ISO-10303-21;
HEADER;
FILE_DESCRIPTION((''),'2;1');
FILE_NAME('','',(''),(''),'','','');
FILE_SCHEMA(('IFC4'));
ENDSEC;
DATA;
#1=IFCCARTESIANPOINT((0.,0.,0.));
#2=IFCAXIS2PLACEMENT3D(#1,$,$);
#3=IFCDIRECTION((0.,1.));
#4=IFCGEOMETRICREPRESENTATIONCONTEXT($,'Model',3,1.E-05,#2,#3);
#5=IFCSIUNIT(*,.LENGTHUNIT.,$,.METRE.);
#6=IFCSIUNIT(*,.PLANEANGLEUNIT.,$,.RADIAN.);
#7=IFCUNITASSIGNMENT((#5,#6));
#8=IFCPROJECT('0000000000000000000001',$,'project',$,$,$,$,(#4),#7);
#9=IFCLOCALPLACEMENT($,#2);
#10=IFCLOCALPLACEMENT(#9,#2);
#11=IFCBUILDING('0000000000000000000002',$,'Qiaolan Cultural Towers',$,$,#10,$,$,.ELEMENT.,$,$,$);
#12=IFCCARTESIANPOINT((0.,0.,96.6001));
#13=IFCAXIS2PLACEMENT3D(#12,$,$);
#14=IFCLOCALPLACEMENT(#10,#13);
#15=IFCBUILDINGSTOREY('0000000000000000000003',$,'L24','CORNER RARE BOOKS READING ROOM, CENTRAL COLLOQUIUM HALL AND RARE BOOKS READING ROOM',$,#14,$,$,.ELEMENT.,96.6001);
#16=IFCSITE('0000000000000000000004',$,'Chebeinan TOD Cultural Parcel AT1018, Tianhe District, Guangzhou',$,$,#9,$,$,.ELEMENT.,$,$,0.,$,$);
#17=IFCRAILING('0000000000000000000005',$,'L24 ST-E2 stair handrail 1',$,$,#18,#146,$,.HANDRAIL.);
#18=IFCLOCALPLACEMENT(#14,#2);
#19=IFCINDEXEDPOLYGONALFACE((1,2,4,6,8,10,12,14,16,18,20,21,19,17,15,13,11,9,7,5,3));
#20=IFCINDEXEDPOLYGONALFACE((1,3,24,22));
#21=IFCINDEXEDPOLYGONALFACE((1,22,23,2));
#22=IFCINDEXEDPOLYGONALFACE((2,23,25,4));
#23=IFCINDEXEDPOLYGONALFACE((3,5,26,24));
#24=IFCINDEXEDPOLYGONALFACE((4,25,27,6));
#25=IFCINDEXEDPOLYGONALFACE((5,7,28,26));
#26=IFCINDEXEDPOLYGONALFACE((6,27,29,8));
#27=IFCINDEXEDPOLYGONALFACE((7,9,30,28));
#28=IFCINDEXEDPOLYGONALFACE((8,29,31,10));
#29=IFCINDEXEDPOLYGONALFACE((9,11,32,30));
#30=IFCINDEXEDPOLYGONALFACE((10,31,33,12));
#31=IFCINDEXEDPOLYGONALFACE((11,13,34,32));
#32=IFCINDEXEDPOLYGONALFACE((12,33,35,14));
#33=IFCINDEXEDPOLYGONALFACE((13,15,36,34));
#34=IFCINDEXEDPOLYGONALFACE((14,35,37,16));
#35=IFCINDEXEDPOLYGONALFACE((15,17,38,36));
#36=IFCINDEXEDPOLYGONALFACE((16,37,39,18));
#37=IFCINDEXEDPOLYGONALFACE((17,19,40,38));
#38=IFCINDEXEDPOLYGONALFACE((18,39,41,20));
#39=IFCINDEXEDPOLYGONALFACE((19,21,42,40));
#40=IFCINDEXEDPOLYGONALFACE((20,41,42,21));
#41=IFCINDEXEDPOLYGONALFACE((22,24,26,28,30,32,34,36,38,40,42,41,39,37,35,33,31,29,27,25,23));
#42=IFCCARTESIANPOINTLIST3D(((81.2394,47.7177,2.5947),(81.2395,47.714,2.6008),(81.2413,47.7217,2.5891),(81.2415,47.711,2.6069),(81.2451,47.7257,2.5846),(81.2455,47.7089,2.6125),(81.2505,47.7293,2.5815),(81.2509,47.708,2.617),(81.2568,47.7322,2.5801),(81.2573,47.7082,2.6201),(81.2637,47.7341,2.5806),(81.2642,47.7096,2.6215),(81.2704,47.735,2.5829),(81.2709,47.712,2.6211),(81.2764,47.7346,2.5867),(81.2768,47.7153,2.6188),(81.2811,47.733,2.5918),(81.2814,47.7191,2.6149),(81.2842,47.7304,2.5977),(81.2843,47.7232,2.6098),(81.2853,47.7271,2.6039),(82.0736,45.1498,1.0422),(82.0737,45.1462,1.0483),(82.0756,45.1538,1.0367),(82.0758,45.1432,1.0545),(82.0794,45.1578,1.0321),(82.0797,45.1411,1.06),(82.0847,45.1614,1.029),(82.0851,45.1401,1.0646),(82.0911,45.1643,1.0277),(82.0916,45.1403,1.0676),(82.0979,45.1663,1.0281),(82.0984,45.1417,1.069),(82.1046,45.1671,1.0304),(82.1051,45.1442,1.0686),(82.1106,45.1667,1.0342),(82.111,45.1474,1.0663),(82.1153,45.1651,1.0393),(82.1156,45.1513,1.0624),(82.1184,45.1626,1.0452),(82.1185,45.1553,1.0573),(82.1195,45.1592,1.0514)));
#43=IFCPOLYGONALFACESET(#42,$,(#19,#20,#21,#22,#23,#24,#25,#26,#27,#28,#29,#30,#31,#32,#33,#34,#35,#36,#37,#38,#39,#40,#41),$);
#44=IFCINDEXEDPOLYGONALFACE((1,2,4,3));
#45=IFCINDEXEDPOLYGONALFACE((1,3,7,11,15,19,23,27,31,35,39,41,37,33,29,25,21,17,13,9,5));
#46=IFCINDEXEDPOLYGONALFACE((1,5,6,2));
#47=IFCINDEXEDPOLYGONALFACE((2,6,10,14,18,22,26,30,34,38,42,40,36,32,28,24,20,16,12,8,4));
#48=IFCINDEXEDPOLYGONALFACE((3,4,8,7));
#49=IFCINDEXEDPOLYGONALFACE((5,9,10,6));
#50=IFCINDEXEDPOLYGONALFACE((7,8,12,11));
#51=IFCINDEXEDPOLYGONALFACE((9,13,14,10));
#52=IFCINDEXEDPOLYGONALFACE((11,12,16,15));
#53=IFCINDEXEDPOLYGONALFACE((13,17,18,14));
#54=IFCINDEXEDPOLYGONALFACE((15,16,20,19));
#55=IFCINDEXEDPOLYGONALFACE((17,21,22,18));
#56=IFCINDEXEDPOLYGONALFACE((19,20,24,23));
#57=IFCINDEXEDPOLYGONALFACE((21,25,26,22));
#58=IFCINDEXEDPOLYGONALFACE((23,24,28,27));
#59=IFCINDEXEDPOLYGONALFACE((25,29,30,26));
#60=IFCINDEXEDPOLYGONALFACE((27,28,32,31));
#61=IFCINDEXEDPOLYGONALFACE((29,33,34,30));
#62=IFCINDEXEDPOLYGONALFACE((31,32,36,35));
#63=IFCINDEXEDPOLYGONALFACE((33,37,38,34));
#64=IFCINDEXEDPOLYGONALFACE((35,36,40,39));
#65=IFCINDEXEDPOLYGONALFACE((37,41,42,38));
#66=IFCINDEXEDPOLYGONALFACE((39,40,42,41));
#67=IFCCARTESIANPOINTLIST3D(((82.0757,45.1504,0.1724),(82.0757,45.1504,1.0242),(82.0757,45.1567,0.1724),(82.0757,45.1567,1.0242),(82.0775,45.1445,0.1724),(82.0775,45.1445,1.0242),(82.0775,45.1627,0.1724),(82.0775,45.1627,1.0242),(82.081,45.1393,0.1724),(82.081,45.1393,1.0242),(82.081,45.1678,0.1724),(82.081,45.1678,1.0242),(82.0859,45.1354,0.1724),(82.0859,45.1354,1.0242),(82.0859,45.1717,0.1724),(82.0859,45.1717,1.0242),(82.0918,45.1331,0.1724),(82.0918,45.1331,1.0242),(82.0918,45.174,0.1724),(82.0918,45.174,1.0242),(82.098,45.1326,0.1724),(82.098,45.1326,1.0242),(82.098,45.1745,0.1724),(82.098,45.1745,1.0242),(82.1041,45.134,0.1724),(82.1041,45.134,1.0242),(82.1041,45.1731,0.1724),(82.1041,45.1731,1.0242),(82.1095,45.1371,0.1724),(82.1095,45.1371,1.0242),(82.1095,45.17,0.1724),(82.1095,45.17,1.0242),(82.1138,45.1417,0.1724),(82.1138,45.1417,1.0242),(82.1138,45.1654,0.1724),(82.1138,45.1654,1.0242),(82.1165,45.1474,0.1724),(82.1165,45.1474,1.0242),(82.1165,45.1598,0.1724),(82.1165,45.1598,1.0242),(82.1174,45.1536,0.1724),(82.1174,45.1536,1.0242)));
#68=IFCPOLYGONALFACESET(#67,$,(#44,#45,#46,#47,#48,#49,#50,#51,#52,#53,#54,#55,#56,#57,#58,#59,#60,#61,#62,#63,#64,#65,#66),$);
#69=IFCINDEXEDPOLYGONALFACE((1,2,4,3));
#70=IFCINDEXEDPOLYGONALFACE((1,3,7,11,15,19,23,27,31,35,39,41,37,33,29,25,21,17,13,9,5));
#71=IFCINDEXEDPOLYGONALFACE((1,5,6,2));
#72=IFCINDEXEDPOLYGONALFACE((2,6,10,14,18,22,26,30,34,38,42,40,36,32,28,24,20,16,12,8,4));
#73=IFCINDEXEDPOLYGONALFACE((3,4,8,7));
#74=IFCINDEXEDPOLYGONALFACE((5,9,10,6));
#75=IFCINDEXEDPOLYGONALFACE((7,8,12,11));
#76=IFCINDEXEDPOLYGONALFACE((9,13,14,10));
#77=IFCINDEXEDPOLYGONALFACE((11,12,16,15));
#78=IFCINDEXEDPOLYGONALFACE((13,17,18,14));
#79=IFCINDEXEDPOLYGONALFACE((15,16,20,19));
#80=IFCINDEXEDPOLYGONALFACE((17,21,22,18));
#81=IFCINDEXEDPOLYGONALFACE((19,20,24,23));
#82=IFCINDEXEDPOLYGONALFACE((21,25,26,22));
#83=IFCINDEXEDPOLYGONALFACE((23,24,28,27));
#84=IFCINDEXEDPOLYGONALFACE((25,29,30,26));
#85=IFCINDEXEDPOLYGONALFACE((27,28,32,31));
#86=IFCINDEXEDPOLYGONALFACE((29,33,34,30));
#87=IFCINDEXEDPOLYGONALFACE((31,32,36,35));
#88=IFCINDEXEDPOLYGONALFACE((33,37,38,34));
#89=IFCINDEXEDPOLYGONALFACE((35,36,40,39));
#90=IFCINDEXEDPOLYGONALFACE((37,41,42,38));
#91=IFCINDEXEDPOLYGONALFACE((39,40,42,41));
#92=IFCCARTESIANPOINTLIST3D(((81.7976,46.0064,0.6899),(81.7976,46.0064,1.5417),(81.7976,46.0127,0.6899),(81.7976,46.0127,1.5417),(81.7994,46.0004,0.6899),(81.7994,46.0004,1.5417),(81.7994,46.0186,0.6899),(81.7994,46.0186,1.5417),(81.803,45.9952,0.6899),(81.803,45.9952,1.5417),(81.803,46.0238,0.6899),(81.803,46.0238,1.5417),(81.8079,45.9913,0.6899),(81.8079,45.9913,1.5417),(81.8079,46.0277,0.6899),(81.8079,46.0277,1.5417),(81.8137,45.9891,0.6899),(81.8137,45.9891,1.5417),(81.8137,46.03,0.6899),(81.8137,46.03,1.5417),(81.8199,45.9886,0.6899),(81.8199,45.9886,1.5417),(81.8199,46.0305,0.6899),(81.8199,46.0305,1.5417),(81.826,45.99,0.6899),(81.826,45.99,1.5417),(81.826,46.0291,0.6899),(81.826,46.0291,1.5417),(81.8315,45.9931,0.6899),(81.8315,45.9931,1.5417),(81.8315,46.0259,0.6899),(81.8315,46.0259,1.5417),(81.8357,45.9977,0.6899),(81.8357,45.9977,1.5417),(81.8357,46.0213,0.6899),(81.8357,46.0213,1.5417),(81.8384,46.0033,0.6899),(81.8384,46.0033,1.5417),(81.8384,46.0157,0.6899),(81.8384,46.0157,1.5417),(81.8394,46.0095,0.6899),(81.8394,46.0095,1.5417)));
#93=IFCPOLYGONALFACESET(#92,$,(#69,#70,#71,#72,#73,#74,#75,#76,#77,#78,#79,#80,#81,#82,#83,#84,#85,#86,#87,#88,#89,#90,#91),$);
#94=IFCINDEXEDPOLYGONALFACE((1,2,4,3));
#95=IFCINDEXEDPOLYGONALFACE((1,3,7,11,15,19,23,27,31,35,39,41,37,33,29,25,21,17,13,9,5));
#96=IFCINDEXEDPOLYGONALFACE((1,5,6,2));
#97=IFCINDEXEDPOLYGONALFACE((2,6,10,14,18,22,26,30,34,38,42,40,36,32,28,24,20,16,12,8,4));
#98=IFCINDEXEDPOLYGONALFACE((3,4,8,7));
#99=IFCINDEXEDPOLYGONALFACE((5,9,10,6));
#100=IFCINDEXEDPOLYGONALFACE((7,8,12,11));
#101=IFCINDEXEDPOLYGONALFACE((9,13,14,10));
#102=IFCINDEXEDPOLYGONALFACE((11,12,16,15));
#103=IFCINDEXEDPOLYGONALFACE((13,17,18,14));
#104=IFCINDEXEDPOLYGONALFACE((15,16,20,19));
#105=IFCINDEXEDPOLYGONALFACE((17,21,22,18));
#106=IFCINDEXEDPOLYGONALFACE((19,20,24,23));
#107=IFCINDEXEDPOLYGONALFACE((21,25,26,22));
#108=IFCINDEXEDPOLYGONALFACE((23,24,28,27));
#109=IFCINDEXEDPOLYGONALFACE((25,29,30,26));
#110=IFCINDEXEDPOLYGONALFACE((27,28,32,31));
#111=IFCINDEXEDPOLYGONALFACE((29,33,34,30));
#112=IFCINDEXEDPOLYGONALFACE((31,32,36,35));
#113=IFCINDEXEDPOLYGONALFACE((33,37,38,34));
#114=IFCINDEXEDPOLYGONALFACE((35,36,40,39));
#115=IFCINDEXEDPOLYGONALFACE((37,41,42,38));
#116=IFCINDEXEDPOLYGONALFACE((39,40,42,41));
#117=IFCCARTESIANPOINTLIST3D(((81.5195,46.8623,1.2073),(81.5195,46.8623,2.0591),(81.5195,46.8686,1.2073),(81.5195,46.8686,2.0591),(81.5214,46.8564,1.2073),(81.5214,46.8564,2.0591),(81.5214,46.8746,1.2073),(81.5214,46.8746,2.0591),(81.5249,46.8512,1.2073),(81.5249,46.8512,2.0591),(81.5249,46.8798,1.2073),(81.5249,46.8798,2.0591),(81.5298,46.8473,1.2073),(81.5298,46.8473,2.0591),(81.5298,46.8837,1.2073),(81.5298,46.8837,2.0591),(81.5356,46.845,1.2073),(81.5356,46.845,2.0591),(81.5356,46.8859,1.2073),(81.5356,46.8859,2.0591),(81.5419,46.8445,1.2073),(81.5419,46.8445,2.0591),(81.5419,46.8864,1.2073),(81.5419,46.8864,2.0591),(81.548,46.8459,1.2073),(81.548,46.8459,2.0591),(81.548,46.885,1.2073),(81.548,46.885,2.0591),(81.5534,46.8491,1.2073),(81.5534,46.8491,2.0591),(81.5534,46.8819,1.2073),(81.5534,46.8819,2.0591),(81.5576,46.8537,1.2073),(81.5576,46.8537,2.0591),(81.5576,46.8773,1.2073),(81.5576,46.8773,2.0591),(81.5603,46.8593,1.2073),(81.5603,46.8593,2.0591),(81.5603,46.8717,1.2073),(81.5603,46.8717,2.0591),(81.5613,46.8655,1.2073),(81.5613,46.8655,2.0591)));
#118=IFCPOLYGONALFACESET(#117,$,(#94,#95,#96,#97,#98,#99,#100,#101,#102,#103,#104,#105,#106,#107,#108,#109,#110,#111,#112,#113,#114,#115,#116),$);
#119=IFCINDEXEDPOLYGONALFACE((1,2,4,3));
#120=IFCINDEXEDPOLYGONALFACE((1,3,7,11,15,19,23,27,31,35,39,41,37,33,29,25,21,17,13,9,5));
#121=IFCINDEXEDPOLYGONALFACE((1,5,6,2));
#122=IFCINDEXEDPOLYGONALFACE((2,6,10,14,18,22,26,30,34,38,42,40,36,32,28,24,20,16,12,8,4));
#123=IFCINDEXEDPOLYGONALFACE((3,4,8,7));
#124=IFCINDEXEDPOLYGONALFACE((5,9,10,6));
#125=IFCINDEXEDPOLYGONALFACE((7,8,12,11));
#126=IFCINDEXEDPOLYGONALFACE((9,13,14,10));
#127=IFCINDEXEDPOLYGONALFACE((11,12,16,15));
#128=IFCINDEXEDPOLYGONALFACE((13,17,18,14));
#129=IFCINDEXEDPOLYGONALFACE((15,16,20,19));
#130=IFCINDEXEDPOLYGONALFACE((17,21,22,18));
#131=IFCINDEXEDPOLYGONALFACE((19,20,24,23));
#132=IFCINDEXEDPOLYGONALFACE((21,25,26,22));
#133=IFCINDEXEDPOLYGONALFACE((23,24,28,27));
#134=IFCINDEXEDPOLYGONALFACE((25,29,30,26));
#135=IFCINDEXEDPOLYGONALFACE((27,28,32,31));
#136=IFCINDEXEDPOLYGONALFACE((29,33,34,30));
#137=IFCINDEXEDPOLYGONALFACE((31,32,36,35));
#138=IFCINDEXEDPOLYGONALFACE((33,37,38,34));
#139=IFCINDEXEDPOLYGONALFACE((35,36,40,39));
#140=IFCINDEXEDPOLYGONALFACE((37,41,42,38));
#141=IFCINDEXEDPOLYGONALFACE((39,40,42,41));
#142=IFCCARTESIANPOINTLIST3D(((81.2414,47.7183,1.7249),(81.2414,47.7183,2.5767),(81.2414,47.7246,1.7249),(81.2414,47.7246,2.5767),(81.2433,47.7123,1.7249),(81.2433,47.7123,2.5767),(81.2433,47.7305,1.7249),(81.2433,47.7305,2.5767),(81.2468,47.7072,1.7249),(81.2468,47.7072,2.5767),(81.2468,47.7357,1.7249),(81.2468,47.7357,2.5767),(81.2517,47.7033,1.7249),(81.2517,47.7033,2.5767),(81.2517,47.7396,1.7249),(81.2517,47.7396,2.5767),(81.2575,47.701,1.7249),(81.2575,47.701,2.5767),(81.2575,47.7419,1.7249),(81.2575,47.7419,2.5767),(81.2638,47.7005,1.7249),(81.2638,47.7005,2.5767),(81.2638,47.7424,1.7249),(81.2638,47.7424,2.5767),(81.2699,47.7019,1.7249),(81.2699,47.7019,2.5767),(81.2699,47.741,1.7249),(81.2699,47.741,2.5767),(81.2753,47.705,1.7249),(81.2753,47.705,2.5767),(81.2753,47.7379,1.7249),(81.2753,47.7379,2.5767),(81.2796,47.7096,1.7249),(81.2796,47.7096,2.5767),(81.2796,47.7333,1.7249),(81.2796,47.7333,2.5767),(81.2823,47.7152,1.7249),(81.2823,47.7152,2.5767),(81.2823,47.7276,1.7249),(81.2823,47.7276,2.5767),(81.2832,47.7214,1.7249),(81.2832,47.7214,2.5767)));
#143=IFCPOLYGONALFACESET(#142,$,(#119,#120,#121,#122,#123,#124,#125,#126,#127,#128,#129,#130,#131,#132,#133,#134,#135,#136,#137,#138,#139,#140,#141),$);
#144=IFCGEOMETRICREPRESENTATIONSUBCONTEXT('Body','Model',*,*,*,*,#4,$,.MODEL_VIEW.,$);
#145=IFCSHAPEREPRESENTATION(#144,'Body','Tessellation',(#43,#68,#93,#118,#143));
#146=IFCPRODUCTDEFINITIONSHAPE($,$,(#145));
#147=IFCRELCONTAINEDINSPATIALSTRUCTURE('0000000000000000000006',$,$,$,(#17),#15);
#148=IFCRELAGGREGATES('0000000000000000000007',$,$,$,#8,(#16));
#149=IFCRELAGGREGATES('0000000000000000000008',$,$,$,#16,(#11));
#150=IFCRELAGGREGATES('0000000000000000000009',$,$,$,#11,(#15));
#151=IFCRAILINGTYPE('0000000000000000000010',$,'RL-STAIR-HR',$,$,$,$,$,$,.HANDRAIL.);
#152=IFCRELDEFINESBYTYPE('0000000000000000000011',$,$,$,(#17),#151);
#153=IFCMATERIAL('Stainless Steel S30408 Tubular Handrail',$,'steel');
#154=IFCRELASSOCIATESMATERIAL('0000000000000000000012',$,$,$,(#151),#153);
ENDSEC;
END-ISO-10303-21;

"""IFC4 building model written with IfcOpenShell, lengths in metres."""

from ifc_helpers import new_model, si_unit, direction, frame, origin, origin_2d, place, context, subcontext, project, spatial, circle, extrude, material, type_object, element, save


model = new_model("IFC4")

# Units and contexts
model_context = context("Model", 3, precision=1e-05, world=origin(), true_north=direction((0.0, 1.0)))
body_context = subcontext(model_context, "Body", "Model", "MODEL_VIEW")
ifc_project = project(units=[si_unit("LENGTHUNIT", "METRE"), si_unit("PLANEANGLEUNIT", "RADIAN")], contexts=[model_context])

# Site, building, storey
site_placement = place(None, origin())
site = spatial("IfcSite", under=ifc_project, at=site_placement, Name="Chebeinan TOD Cultural Parcel AT1018, Tianhe District, Guangzhou", CompositionType="ELEMENT", RefElevation=0.0)
building_placement = place(site_placement, origin())
building = spatial("IfcBuilding", under=site, at=building_placement, Name="Qiaolan Cultural Towers", CompositionType="ELEMENT")
storey_placement = place(building_placement, frame((0.0, 0.0, 96.6001)))
storey = spatial("IfcBuildingStorey", under=building, at=storey_placement, Name="L24", Description="CORNER RARE BOOKS READING ROOM, CENTRAL COLLOQUIUM HALL AND RARE BOOKS READING ROOM", CompositionType="ELEMENT", Elevation=96.6001)

# Railing
ifc_material_1 = material(Name="Stainless Steel S30408 Tubular Handrail", Category="steel")
railing_type_1 = type_object("IfcRailingType", Name="RL-STAIR-HR", PredefinedType="HANDRAIL", material=ifc_material_1)
railing_1_placement = place(storey_placement, frame((82.0964, 45.1536, 0.1724)))
element("IfcRailing", 1, at=railing_1_placement, inside=storey, type_object=railing_type_1, Name="L24 ST-E2 stair handrail 1", PredefinedType="HANDRAIL", context=body_context, shape_type="SweptSolid", body=[
    extrude(circle(Radius=0.0239, at=origin_2d()), frame((0.0, 0.0, 0.876), z_axis=(-0.267853, 0.824488, 0.498471), x_axis=(-0.95107, -0.308976, 0.0)), (0.0, 0.0, 1.0), 3.1145),
    extrude(circle(Radius=0.021, at=origin_2d()), origin(), (0.0, 0.0, 1.0), 0.8518),
    extrude(circle(Radius=0.021, at=origin_2d()), frame((-0.2781, 0.856, 0.5176)), (0.0, 0.0, 1.0), 0.8518),
    extrude(circle(Radius=0.021, at=origin_2d()), frame((-0.5562, 1.7119, 1.0349)), (0.0, 0.0, 1.0), 0.8518),
    extrude(circle(Radius=0.021, at=origin_2d()), frame((-0.8342, 2.5679, 1.5525)), (0.0, 0.0, 1.0), 0.8518),
])

save(model, "model.ifc")
